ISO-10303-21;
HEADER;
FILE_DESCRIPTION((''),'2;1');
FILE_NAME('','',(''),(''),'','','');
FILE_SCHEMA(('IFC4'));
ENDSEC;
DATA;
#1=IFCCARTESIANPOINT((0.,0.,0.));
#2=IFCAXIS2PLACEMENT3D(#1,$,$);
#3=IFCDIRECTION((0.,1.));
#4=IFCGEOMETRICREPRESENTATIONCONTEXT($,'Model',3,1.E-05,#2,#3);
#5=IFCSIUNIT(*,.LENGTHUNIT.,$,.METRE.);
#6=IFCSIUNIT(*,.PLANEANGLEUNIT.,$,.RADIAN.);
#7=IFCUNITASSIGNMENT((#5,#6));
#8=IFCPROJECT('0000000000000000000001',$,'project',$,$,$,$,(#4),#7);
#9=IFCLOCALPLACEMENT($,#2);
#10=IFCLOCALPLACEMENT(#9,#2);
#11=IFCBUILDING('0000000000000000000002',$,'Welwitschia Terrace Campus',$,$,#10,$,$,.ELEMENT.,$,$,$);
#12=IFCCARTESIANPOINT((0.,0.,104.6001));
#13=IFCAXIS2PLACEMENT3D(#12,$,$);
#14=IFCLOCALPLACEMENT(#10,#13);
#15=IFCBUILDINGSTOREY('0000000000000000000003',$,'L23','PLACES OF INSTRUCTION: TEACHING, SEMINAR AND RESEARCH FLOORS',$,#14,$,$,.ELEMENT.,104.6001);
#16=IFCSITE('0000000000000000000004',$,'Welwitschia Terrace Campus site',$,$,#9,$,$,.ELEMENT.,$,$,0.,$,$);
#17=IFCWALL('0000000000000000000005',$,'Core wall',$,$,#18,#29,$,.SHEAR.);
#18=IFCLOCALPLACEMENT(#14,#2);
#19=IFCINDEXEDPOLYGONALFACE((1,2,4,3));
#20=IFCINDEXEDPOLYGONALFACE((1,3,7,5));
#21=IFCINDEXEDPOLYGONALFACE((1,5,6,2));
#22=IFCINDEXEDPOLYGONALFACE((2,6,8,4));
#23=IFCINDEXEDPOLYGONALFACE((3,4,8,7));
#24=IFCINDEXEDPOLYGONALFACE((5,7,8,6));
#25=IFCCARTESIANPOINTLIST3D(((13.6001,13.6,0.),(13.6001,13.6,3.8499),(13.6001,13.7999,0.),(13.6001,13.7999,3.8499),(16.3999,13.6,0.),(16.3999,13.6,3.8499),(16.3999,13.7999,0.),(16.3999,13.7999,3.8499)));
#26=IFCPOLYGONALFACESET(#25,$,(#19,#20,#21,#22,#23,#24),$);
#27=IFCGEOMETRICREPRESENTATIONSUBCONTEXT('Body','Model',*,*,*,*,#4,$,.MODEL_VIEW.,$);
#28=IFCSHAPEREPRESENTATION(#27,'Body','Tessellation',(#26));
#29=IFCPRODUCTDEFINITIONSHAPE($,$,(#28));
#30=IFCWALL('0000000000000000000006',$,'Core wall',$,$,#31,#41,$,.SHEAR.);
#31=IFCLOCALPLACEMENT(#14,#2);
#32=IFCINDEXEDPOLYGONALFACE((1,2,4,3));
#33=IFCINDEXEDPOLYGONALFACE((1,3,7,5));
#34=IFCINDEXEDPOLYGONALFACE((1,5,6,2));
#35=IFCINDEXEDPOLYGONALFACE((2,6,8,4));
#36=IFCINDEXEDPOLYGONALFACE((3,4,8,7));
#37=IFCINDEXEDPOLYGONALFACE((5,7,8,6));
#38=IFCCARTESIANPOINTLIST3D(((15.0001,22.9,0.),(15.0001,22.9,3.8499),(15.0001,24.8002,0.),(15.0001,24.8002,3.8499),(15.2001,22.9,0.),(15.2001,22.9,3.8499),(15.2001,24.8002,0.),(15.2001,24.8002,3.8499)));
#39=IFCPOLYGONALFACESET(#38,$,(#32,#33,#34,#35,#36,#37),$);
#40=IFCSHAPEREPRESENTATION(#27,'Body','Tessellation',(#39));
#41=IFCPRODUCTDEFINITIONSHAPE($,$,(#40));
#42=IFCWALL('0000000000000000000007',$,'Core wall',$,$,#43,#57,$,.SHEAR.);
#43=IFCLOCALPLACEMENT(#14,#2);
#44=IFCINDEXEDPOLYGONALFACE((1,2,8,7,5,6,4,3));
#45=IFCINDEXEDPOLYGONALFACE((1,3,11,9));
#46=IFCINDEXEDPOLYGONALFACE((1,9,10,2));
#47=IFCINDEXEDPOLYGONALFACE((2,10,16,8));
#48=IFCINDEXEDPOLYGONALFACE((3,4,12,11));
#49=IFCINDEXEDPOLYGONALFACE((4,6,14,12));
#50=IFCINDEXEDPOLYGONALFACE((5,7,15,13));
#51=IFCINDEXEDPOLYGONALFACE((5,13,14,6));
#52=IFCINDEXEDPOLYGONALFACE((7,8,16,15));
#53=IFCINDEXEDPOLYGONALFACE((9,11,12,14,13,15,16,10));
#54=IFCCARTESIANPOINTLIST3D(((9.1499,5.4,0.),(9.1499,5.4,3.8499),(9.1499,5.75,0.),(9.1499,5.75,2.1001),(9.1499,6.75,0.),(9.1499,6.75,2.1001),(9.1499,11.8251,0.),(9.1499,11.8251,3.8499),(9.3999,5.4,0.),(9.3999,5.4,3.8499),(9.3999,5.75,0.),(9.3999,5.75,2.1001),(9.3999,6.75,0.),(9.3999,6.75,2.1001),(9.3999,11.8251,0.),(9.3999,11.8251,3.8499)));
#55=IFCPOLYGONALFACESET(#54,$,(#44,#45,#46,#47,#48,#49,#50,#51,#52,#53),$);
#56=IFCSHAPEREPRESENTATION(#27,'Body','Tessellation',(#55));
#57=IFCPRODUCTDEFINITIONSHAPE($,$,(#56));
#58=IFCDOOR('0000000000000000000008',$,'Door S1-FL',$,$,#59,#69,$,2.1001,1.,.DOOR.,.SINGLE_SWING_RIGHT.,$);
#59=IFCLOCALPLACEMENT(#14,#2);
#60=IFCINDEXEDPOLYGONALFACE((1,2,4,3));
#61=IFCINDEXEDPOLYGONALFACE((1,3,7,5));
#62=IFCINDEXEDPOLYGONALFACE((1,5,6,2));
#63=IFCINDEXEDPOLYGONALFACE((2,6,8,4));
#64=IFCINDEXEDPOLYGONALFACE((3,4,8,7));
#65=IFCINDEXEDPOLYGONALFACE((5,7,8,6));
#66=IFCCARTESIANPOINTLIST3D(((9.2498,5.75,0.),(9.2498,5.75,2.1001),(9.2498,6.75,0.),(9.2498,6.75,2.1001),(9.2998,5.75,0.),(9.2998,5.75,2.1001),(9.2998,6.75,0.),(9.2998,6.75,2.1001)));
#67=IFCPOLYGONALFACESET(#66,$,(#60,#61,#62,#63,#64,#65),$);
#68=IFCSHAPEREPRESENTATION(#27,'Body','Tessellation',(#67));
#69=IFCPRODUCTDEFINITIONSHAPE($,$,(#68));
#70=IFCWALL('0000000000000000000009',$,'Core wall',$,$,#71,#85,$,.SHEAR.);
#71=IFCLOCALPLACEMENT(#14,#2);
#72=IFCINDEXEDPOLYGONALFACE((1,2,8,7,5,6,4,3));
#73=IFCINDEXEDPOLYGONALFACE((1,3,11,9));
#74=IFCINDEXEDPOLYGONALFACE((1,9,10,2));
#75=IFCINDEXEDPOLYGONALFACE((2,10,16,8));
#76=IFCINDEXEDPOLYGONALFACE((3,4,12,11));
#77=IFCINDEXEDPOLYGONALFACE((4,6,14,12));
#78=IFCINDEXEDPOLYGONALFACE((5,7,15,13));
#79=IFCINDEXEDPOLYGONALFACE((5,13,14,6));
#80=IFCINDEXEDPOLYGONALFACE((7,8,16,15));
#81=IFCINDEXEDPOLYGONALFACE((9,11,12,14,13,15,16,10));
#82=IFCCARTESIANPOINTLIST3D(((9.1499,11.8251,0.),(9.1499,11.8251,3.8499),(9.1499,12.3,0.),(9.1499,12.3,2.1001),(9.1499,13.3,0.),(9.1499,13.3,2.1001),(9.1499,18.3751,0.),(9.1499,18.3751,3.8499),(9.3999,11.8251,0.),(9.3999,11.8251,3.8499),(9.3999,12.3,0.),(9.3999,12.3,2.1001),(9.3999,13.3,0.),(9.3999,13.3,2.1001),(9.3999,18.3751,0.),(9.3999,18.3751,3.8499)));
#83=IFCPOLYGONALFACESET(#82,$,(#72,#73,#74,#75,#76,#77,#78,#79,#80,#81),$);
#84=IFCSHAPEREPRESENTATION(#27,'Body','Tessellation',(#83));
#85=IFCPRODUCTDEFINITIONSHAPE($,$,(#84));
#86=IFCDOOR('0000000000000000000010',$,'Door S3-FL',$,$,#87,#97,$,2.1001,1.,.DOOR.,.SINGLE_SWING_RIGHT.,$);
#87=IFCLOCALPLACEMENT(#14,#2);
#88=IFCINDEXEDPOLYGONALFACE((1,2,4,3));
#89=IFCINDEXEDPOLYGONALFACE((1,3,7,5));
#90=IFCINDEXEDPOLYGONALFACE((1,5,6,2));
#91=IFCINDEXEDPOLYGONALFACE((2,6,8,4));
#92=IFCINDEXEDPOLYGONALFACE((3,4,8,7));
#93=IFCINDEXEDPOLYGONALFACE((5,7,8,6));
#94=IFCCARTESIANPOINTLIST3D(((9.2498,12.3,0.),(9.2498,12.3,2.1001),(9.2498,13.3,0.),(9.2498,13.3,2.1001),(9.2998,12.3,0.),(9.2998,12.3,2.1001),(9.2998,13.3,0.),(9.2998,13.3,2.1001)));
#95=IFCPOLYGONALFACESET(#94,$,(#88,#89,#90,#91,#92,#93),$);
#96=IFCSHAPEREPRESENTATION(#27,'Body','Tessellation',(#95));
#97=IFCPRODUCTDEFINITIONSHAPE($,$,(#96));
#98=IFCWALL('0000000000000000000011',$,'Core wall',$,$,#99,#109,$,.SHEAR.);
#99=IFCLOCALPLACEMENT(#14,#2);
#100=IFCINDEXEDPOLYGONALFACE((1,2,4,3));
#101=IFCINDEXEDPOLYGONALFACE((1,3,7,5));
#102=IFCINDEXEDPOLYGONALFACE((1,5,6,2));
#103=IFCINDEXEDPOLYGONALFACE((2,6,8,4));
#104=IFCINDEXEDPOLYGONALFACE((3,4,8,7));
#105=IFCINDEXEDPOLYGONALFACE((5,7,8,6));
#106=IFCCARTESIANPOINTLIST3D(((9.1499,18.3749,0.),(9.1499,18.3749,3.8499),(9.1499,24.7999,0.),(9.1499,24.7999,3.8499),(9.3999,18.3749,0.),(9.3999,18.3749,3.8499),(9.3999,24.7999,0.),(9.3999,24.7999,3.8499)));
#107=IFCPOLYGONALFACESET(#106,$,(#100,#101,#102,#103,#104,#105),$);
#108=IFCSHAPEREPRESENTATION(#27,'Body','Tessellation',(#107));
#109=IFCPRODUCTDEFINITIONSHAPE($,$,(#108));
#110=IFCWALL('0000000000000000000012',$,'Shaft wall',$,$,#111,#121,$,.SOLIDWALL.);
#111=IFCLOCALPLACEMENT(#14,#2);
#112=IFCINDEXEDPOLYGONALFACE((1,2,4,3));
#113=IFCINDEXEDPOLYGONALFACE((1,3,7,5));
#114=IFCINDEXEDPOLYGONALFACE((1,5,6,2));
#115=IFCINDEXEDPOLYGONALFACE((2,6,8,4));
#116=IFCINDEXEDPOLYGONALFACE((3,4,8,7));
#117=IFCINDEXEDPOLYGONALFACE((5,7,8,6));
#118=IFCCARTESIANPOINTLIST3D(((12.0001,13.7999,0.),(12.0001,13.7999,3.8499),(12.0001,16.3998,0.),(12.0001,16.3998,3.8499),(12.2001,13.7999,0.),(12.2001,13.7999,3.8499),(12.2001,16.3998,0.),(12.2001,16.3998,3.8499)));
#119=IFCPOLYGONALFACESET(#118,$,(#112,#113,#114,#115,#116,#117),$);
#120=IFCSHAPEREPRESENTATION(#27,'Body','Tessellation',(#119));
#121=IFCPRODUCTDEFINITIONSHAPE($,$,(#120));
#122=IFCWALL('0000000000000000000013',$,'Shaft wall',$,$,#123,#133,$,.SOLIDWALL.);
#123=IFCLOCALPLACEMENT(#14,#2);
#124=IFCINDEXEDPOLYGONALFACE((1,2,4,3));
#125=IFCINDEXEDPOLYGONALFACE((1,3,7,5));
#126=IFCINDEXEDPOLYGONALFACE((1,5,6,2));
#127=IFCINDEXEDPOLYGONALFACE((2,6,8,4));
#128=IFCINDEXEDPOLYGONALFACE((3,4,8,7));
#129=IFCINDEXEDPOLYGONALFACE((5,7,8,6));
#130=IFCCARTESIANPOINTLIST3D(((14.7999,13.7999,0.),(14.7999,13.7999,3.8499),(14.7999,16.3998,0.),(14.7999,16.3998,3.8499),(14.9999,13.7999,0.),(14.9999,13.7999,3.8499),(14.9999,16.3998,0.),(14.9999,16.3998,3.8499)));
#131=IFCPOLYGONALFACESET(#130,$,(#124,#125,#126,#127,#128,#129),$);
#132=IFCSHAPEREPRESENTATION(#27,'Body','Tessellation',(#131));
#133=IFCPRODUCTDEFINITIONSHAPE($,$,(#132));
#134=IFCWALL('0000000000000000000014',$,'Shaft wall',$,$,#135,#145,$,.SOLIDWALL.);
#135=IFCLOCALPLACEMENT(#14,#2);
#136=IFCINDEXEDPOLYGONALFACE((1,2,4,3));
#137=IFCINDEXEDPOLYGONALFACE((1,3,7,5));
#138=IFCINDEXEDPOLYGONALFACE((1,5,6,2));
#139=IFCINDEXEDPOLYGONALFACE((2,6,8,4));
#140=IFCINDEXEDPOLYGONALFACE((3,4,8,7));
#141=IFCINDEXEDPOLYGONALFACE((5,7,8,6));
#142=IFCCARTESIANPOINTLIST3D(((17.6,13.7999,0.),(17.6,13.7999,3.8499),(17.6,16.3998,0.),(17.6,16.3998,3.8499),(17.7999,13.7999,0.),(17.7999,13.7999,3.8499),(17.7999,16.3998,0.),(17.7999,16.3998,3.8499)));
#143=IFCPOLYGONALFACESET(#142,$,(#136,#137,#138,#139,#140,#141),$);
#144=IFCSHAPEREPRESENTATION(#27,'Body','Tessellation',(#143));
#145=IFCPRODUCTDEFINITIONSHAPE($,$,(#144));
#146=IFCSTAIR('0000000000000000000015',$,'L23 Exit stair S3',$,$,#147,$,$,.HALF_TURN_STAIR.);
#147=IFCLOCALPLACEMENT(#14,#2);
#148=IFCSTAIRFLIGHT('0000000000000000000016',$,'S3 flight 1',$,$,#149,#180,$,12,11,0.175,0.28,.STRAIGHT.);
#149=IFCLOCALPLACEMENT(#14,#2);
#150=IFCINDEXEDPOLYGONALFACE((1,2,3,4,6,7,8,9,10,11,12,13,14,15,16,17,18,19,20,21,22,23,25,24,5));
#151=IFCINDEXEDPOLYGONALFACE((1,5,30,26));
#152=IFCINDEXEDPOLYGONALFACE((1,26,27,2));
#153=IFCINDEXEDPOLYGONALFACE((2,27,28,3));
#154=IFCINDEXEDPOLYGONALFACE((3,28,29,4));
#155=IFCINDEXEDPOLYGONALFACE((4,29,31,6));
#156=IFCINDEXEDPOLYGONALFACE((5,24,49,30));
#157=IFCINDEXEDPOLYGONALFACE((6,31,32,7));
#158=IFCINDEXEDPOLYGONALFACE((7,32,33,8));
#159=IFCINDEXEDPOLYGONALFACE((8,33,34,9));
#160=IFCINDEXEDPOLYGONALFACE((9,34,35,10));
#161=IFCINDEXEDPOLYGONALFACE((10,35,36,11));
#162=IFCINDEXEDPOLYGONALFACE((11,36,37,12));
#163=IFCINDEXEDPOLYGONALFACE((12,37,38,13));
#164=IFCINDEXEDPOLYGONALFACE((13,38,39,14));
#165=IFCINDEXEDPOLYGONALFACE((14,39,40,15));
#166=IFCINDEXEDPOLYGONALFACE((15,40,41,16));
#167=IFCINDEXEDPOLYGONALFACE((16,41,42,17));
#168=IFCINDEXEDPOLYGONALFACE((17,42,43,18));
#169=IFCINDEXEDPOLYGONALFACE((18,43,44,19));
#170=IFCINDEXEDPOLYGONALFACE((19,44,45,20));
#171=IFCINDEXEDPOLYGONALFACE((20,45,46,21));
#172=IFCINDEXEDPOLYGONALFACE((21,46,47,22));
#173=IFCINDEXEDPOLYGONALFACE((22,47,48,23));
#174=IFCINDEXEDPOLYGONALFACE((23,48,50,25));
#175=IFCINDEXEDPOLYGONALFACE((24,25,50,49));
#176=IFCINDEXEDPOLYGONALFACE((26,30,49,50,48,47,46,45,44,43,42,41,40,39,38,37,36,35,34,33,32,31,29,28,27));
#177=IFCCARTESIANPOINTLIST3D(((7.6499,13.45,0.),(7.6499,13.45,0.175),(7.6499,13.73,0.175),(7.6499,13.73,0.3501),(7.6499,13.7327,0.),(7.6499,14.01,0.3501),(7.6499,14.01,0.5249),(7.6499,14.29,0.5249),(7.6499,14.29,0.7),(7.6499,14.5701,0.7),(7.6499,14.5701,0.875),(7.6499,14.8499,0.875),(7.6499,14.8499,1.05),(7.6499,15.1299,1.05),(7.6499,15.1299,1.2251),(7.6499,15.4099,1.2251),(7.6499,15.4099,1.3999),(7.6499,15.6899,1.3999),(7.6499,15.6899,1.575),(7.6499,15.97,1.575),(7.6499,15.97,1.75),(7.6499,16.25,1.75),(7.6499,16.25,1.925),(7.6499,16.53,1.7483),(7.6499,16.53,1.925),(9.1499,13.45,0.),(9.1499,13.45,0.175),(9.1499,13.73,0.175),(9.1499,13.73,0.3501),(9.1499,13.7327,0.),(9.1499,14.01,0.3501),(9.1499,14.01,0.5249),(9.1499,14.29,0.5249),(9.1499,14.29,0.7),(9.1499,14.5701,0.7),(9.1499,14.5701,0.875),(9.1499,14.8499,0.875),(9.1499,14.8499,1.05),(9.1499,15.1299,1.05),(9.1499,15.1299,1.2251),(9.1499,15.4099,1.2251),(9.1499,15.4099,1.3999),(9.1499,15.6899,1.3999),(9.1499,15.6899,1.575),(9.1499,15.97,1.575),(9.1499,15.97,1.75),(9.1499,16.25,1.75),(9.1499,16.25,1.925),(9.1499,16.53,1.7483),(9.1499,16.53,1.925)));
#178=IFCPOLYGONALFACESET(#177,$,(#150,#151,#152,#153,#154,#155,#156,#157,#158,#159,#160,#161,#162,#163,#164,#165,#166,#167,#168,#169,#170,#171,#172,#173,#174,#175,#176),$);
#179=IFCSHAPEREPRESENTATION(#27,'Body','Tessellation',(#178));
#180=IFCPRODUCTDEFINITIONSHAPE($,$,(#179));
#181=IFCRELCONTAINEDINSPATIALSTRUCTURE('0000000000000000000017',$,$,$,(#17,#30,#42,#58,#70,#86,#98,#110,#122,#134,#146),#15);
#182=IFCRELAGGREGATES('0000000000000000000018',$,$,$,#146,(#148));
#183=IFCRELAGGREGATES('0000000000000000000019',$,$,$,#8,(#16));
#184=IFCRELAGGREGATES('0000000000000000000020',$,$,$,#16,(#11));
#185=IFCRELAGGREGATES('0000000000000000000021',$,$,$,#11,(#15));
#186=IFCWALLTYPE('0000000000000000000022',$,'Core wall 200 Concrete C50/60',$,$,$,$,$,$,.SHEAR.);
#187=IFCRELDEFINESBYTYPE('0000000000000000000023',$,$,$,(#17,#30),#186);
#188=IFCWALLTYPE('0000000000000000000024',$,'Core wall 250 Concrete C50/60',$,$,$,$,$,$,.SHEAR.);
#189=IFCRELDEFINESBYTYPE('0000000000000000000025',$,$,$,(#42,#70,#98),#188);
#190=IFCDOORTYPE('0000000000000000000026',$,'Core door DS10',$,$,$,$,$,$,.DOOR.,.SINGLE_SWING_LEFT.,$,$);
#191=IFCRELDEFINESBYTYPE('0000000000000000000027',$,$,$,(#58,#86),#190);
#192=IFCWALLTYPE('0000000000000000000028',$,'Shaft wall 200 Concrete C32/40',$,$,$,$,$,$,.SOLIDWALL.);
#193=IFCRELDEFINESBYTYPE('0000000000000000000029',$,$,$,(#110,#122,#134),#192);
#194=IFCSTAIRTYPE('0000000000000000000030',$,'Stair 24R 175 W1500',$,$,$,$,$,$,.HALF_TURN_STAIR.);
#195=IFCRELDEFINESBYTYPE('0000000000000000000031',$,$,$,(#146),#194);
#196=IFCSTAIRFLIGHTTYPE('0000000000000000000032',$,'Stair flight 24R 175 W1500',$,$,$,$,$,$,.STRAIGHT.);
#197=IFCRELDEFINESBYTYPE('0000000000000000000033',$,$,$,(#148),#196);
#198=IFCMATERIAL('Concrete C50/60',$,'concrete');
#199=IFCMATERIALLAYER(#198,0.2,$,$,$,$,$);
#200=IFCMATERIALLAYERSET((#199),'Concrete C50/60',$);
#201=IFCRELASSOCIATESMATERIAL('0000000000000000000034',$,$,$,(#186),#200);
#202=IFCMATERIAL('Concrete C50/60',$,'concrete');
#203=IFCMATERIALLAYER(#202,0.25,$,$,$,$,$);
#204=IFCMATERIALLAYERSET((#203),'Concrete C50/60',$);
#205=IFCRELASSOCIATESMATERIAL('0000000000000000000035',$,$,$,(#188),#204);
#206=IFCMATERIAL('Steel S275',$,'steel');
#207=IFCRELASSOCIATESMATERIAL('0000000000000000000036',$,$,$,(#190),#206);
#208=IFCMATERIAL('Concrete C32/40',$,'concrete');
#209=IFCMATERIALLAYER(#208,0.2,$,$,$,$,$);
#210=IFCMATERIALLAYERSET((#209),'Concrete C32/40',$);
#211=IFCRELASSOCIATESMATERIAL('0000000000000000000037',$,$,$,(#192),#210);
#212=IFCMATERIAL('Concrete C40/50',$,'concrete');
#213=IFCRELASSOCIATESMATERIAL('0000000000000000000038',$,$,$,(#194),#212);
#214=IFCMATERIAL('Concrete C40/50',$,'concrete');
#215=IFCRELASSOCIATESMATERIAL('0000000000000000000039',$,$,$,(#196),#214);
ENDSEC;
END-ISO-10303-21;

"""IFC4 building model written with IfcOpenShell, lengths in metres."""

from ifc_helpers import new_model, si_unit, direction, frame, frame_2d, origin, place, context, subcontext, project, spatial, polyline, rectangle, outline, extrude, material, layer, layer_set, type_object, element, fill, aggregate, save


model = new_model("IFC4")

# Units and contexts
model_context = context("Model", 3, precision=1e-05, world=origin(), true_north=direction((0.0, 1.0)))
body_context = subcontext(model_context, "Body", "Model", "MODEL_VIEW")
ifc_project = project(units=[si_unit("LENGTHUNIT", "METRE"), si_unit("PLANEANGLEUNIT", "RADIAN")], contexts=[model_context])

# Site, building, storey
site_placement = place(None, origin())
site = spatial("IfcSite", under=ifc_project, at=site_placement, Name="Welwitschia Terrace Campus site", CompositionType="ELEMENT", RefElevation=0.0)
building_placement = place(site_placement, origin())
building = spatial("IfcBuilding", under=site, at=building_placement, Name="Welwitschia Terrace Campus", CompositionType="ELEMENT")
storey_placement = place(building_placement, frame((0.0, 0.0, 104.6001)))
storey = spatial("IfcBuildingStorey", under=building, at=storey_placement, Name="L23", Description="PLACES OF INSTRUCTION: TEACHING, SEMINAR AND RESEARCH FLOORS", CompositionType="ELEMENT", Elevation=104.6001)

# Walls
ifc_material_1 = material(Name="Concrete C50/60", Category="concrete")
ifc_layer_1 = layer(ifc_material_1, 0.2)
ifc_layer_set_1 = layer_set([ifc_layer_1], Name="Concrete C50/60")
wall_type_1 = type_object("IfcWallType", Name="Core wall 200 Concrete C50/60", PredefinedType="SHEAR", material=ifc_layer_set_1)
for number, where, z_axis, x_axis, name in (
    (1, (13.6001, 13.7, 0.0), (0.0, 0.0, 1.0), (1.0, 0.0, 0.0), "Core wall"),
):
    element("IfcWall", number, at=place(storey_placement, frame(where, z_axis=z_axis, x_axis=x_axis)), inside=storey, type_object=wall_type_1, Name=name, PredefinedType="SHEAR", context=body_context, shape_type="SweptSolid", body=[
        extrude(rectangle(XDim=2.7998, YDim=0.2, at=frame_2d((1.3999, 0.0))), origin(), (0.0, 0.0, 1.0), 3.8499),
    ])
wall_1_placement = place(storey_placement, frame((15.1001, 22.8999, 0.0), z_axis=(0.0, 0.0, 1.0), x_axis=(0.0, 1.0, 0.0)))
element("IfcWall", 2, at=wall_1_placement, inside=storey, type_object=wall_type_1, Name="Core wall", PredefinedType="SHEAR", context=body_context, shape_type="SweptSolid", body=[
    extrude(rectangle(XDim=1.9001, YDim=0.2, at=frame_2d((0.9502, 0.0))), origin(), (0.0, 0.0, 1.0), 3.8499),
])

# Walls, openings, doors
ifc_material_2 = material(Name="Concrete C50/60", Category="concrete")
ifc_layer_2 = layer(ifc_material_2, 0.25)
ifc_layer_set_2 = layer_set([ifc_layer_2], Name="Concrete C50/60")
wall_type_2 = type_object("IfcWallType", Name="Core wall 250 Concrete C50/60", PredefinedType="SHEAR", material=ifc_layer_set_2)
wall_2_placement = place(storey_placement, frame((9.2749, 11.825, 0.0), z_axis=(0.0, 0.0, 1.0), x_axis=(0.0, -1.0, 0.0)))
wall_2 = element("IfcWall", 3, at=wall_2_placement, inside=storey, type_object=wall_type_2, Name="Core wall", PredefinedType="SHEAR", context=body_context, shape_type="SweptSolid", body=[
    extrude(rectangle(XDim=6.425, YDim=0.25, at=frame_2d((3.2124, 0.0))), origin(), (0.0, 0.0, 1.0), 3.8499),
])
opening_1_placement = place(wall_2_placement, frame((5.075, 0.0, 0.0)))
opening_1 = element("IfcOpeningElement", 4, at=opening_1_placement, cuts=wall_2, PredefinedType="OPENING", context=body_context, shape_type="SweptSolid", body=[
    extrude(rectangle(XDim=1.0, YDim=2.1001, at=frame_2d((0.5, 1.05))), frame((0.0, 0.135, 0.0), z_axis=(0.0, -1.0, 0.0), x_axis=(1.0, 0.0, 0.0)), (0.0, 0.0, 1.0), 0.27),
])
ifc_material_3 = material(Name="Steel S275", Category="steel")
door_type_1 = type_object("IfcDoorType", Name="Core door DS10", OperationType="SINGLE_SWING_LEFT", PredefinedType="DOOR", material=ifc_material_3)
door_1_placement = place(opening_1_placement, origin())
door_1 = element("IfcDoor", 5, at=door_1_placement, inside=storey, type_object=door_type_1, Name="Door S1-FL", OperationType="SINGLE_SWING_RIGHT", OverallHeight=2.1001, OverallWidth=1.0, PredefinedType="DOOR", context=body_context, shape_type="SweptSolid", body=[
    extrude(rectangle(XDim=1.0, YDim=2.1001, at=frame_2d((0.5, 1.05))), frame((0.0, 0.0249, 0.0), z_axis=(0.0, -1.0, 0.0), x_axis=(1.0, 0.0, 0.0)), (0.0, 0.0, 1.0), 0.05),
])
fill(opening_1, door_1)
wall_3_placement = place(storey_placement, frame((9.2749, 18.375, 0.0), z_axis=(0.0, 0.0, 1.0), x_axis=(0.0, -1.0, 0.0)))
wall_3 = element("IfcWall", 6, at=wall_3_placement, inside=storey, type_object=wall_type_2, Name="Core wall", PredefinedType="SHEAR", context=body_context, shape_type="SweptSolid", body=[
    extrude(rectangle(XDim=6.55, YDim=0.25, at=frame_2d((3.2749, 0.0))), origin(), (0.0, 0.0, 1.0), 3.8499),
])
opening_2_placement = place(wall_3_placement, frame((5.075, 0.0, 0.0)))
opening_2 = element("IfcOpeningElement", 7, at=opening_2_placement, cuts=wall_3, PredefinedType="OPENING", context=body_context, shape_type="SweptSolid", body=[
    extrude(rectangle(XDim=1.0, YDim=2.1001, at=frame_2d((0.5, 1.05))), frame((0.0, 0.135, 0.0), z_axis=(0.0, -1.0, 0.0), x_axis=(1.0, 0.0, 0.0)), (0.0, 0.0, 1.0), 0.27),
])
door_2_placement = place(opening_2_placement, origin())
door_2 = element("IfcDoor", 8, at=door_2_placement, inside=storey, type_object=door_type_1, Name="Door S3-FL", OperationType="SINGLE_SWING_RIGHT", OverallHeight=2.1001, OverallWidth=1.0, PredefinedType="DOOR", context=body_context, shape_type="SweptSolid", body=[
    extrude(rectangle(XDim=1.0, YDim=2.1001, at=frame_2d((0.5, 1.05))), frame((0.0, 0.0249, 0.0), z_axis=(0.0, -1.0, 0.0), x_axis=(1.0, 0.0, 0.0)), (0.0, 0.0, 1.0), 0.05),
])
fill(opening_2, door_2)

# Walls
wall_4_placement = place(storey_placement, frame((9.2749, 18.375, 0.0), z_axis=(0.0, 0.0, 1.0), x_axis=(0.0, 1.0, 0.0)))
element("IfcWall", 9, at=wall_4_placement, inside=storey, type_object=wall_type_2, Name="Core wall", PredefinedType="SHEAR", context=body_context, shape_type="SweptSolid", body=[
    extrude(rectangle(XDim=6.425, YDim=0.25, at=frame_2d((3.2124, 0.0))), origin(), (0.0, 0.0, 1.0), 3.8499),
])
ifc_material_4 = material(Name="Concrete C32/40", Category="concrete")
ifc_layer_3 = layer(ifc_material_4, 0.2)
ifc_layer_set_3 = layer_set([ifc_layer_3], Name="Concrete C32/40")
wall_type_3 = type_object("IfcWallType", Name="Shaft wall 200 Concrete C32/40", PredefinedType="SOLIDWALL", material=ifc_layer_set_3)
for number, where, z_axis, x_axis, name in (
    (10, (12.1001, 13.8, 0.0), (0.0, 0.0, 1.0), (0.0, 1.0, 0.0), "Shaft wall"),
    (11, (14.8999, 13.8, 0.0), (0.0, 0.0, 1.0), (0.0, 1.0, 0.0), "Shaft wall"),
    (12, (17.7, 13.8, 0.0), (0.0, 0.0, 1.0), (0.0, 1.0, 0.0), "Shaft wall"),
):
    element("IfcWall", number, at=place(storey_placement, frame(where, z_axis=z_axis, x_axis=x_axis)), inside=storey, type_object=wall_type_3, Name=name, PredefinedType="SOLIDWALL", context=body_context, shape_type="SweptSolid", body=[
        extrude(rectangle(XDim=2.5999, YDim=0.2, at=frame_2d((1.2998, 0.0))), origin(), (0.0, 0.0, 1.0), 3.8499),
    ])

# Stair, stair flight
ifc_material_5 = material(Name="Concrete C40/50", Category="concrete")
stair_type = type_object("IfcStairType", Name="Stair 24R 175 W1500", PredefinedType="HALF_TURN_STAIR", material=ifc_material_5)
stair_1_placement = place(storey_placement, origin())
stair_1 = element("IfcStair", 13, at=stair_1_placement, inside=storey, type_object=stair_type, Name="L23 Exit stair S3", PredefinedType="HALF_TURN_STAIR")
ifc_material_6 = material(Name="Concrete C40/50", Category="concrete")
stair_flight_type = type_object("IfcStairFlightType", Name="Stair flight 24R 175 W1500", PredefinedType="STRAIGHT", material=ifc_material_6)
stair_flight_1_placement = place(storey_placement, frame((8.3999, 13.45, 0.0), z_axis=(0.0, 0.0, 1.0), x_axis=(0.0, 1.0, 0.0)))
stair_flight_1 = element("IfcStairFlight", 14, at=stair_flight_1_placement, type_object=stair_flight_type, Name="S3 flight 1", NumberOfRisers=12, NumberOfTreads=11, PredefinedType="STRAIGHT", RiserHeight=0.175, TreadLength=0.28, context=body_context, shape_type="SweptSolid", body=[
    extrude(outline(polyline([(0.0, 0.0), (0.0, 0.175), (0.28, 0.175), (0.28, 0.3501), (0.5601, 0.3501), (0.5601, 0.5249), (0.8401, 0.5249), (0.8401, 0.7), (1.1201, 0.7), (1.1201, 0.875), (1.3999, 0.875), (1.3999, 1.05), (1.6799, 1.05), (1.6799, 1.2251), (1.96, 1.2251), (1.96, 1.3999), (2.24, 1.3999), (2.24, 1.575), (2.52, 1.575), (2.52, 1.75), (2.8, 1.75), (2.8, 1.925), (3.0801, 1.925), (3.0801, 2.1001), (3.0801, 1.7483), (0.2827, 0.0), (0.0, 0.0)])), frame((0.0, 0.75, 0.0), z_axis=(0.0, -1.0, 0.0), x_axis=(1.0, 0.0, 0.0)), (0.0, 0.0, 1.0), 1.5),
])
aggregate(stair_1, [stair_flight_1])

save(model, "model.ifc")
